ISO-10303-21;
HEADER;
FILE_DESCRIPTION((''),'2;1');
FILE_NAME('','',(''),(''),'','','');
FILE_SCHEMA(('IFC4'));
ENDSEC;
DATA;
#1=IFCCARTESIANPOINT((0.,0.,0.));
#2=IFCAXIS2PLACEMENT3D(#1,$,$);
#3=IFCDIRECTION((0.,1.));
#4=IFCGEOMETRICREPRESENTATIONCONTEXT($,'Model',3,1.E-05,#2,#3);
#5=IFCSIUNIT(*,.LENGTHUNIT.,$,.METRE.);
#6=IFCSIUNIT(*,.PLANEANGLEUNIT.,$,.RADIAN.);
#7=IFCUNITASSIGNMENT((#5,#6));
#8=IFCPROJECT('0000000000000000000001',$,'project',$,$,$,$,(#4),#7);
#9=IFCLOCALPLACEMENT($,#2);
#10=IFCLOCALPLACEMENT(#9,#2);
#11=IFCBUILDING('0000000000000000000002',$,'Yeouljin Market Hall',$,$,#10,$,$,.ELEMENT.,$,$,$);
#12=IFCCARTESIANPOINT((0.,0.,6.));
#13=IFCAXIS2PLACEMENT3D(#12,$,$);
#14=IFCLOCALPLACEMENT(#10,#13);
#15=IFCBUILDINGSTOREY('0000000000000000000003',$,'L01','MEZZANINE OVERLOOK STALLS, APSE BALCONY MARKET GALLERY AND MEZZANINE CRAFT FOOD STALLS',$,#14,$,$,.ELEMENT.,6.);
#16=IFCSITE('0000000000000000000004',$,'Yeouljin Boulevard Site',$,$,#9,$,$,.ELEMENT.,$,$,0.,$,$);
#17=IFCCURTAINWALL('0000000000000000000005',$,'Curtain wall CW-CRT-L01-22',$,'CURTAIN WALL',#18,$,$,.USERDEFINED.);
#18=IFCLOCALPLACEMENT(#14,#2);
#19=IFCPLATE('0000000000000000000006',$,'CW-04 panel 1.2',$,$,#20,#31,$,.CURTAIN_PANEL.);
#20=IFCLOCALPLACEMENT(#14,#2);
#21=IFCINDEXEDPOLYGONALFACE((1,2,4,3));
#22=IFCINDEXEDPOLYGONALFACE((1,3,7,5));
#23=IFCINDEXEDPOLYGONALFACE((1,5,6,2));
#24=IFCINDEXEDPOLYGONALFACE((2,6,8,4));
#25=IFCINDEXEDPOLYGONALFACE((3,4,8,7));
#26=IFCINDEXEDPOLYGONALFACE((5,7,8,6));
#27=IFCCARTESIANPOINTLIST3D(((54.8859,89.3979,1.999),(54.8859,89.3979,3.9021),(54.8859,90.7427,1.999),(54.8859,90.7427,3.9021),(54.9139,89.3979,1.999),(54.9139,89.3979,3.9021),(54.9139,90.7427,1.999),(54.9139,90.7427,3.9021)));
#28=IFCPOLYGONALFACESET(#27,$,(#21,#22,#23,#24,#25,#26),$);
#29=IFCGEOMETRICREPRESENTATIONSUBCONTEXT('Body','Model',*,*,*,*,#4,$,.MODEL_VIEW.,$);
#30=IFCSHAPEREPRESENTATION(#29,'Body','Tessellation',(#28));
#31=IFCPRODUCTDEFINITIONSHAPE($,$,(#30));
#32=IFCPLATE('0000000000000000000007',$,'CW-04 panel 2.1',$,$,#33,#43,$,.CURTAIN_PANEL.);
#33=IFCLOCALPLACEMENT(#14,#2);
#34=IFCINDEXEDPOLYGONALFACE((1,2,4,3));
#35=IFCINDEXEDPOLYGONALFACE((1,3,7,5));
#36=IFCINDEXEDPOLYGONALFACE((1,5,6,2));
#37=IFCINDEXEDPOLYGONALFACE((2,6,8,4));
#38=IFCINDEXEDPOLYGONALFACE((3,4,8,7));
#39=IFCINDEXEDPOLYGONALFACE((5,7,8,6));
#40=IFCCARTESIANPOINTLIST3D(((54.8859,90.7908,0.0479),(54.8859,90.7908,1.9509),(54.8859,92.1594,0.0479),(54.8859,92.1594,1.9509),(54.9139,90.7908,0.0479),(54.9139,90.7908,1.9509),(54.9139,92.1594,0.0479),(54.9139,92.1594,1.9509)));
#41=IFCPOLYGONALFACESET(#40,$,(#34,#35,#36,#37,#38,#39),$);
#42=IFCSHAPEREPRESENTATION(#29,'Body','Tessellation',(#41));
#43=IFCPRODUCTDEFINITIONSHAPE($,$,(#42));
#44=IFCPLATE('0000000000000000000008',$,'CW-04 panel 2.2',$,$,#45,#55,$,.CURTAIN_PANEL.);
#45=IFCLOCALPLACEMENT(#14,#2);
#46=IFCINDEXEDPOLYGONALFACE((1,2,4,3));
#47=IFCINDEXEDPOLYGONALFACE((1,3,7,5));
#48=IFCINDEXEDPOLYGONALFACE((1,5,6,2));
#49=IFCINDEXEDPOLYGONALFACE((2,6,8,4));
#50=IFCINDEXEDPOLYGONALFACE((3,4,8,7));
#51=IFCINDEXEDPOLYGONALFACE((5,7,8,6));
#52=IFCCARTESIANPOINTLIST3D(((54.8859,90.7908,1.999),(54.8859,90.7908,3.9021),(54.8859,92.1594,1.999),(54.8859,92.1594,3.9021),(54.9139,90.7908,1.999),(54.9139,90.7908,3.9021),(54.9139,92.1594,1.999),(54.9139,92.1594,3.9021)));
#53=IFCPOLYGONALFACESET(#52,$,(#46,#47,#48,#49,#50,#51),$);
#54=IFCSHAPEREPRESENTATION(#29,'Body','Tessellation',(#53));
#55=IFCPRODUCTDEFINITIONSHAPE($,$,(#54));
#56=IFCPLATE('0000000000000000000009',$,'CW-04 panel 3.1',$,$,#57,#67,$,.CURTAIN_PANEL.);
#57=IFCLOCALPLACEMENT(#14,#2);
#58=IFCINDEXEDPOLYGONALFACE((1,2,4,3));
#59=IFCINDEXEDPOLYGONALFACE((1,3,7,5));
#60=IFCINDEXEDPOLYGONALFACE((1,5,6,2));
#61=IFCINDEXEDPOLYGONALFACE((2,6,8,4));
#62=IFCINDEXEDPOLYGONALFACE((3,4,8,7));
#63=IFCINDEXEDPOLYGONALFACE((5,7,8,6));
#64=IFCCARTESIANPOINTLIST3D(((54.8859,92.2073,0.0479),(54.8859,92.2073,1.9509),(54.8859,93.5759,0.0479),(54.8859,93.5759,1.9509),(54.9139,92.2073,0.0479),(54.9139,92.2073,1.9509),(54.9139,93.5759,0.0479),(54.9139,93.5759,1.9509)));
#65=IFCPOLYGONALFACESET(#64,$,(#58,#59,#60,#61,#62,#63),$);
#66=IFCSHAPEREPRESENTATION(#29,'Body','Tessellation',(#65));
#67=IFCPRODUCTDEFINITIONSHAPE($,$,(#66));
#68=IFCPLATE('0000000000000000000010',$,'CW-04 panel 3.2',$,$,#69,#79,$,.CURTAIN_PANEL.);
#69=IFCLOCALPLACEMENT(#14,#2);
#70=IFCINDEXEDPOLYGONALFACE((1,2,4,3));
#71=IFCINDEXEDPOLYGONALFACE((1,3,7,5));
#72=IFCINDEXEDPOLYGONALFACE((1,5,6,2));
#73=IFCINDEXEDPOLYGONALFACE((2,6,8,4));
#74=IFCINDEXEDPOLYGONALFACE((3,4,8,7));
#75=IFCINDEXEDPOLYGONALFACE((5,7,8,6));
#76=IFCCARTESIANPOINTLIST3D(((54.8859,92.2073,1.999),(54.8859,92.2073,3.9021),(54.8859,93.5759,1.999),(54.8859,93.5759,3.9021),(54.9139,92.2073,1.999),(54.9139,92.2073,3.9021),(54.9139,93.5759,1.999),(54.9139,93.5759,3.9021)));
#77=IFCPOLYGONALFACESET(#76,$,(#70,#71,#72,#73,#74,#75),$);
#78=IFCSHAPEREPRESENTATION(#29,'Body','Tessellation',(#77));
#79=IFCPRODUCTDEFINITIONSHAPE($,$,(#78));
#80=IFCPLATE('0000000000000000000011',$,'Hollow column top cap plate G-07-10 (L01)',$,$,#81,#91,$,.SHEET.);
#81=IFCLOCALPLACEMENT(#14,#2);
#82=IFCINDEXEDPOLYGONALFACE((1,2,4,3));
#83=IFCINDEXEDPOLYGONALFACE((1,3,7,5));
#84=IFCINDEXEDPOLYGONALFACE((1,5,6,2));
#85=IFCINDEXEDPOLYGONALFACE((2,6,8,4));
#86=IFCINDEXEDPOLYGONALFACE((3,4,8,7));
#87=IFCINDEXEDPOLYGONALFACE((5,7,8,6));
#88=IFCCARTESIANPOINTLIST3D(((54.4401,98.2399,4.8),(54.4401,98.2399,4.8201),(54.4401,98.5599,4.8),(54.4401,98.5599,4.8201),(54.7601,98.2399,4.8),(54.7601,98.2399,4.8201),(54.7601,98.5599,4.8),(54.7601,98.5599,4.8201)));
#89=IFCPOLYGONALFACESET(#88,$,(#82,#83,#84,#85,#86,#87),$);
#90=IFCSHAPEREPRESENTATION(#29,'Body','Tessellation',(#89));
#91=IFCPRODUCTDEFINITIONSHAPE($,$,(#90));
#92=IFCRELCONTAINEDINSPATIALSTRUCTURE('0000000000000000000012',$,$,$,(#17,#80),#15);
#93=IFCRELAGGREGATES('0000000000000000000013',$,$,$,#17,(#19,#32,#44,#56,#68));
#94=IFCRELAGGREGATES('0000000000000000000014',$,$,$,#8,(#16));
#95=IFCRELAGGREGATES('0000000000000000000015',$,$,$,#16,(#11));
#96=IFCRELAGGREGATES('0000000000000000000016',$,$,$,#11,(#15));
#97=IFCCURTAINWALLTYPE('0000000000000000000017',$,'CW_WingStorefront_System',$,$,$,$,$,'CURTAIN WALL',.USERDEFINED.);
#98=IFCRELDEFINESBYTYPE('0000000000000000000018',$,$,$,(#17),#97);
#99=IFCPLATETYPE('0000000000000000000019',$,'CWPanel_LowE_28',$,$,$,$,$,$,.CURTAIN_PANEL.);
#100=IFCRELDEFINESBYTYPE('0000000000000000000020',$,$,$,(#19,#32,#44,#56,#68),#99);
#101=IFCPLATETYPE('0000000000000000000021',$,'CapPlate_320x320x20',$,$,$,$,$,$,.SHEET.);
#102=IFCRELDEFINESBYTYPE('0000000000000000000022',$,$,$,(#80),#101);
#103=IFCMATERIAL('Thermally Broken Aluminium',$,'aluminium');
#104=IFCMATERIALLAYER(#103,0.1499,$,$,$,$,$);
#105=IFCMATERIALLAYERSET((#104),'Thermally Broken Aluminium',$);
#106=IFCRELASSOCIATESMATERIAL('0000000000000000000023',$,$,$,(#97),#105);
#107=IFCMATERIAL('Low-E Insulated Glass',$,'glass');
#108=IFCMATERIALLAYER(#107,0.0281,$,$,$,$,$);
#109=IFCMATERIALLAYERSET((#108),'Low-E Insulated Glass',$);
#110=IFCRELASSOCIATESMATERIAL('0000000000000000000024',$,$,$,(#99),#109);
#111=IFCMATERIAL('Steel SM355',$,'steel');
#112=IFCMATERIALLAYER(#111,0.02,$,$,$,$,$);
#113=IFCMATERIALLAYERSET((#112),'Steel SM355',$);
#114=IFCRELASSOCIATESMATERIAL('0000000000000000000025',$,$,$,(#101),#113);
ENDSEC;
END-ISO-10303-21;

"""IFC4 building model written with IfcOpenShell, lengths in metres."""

from ifc_helpers import new_model, si_unit, direction, frame, origin, origin_2d, place, context, subcontext, project, spatial, rectangle, extrude, material, layer, layer_set, type_object, element, aggregate, save


model = new_model("IFC4")

# Units and contexts
model_context = context("Model", 3, precision=1e-05, world=origin(), true_north=direction((0.0, 1.0)))
body_context = subcontext(model_context, "Body", "Model", "MODEL_VIEW")
ifc_project = project(units=[si_unit("LENGTHUNIT", "METRE"), si_unit("PLANEANGLEUNIT", "RADIAN")], contexts=[model_context])

# Site, building, storey
site_placement = place(None, origin())
site = spatial("IfcSite", under=ifc_project, at=site_placement, Name="Yeouljin Boulevard Site", CompositionType="ELEMENT", RefElevation=0.0)
building_placement = place(site_placement, origin())
building = spatial("IfcBuilding", under=site, at=building_placement, Name="Yeouljin Market Hall", CompositionType="ELEMENT")
storey_placement = place(building_placement, frame((0.0, 0.0, 6.0)))
storey = spatial("IfcBuildingStorey", under=building, at=storey_placement, Name="L01", Description="MEZZANINE OVERLOOK STALLS, APSE BALCONY MARKET GALLERY AND MEZZANINE CRAFT FOOD STALLS", CompositionType="ELEMENT", Elevation=6.0)

# Curtain wall
ifc_material_1 = material(Name="Thermally Broken Aluminium", Category="aluminium")
ifc_layer_1 = layer(ifc_material_1, 0.1499)
ifc_layer_set_1 = layer_set([ifc_layer_1], Name="Thermally Broken Aluminium")
curtain_wall_type = type_object("IfcCurtainWallType", Name="CW_WingStorefront_System", ElementType="CURTAIN WALL", PredefinedType="USERDEFINED", material=ifc_layer_set_1)
curtain_wall_placement = place(storey_placement, origin())
curtain_wall = element("IfcCurtainWall", 1, at=curtain_wall_placement, inside=storey, type_object=curtain_wall_type, Name="Curtain wall CW-CRT-L01-22", ObjectType="CURTAIN WALL", PredefinedType="USERDEFINED")

# Plates
ifc_material_2 = material(Name="Low-E Insulated Glass", Category="glass")
ifc_layer_2 = layer(ifc_material_2, 0.0281)
ifc_layer_set_2 = layer_set([ifc_layer_2], Name="Low-E Insulated Glass")
plate_type_1 = type_object("IfcPlateType", Name="CWPanel_LowE_28", PredefinedType="CURTAIN_PANEL", material=ifc_layer_set_2)
plate_1_placement = place(storey_placement, frame((54.8999, 90.0703, 1.999), z_axis=(0.0, 0.0, 1.0), x_axis=(0.0, 1.0, 0.0)))
plate_1 = element("IfcPlate", 2, at=plate_1_placement, type_object=plate_type_1, Name="CW-04 panel 1.2", PredefinedType="CURTAIN_PANEL", context=body_context, shape_type="SweptSolid", body=[
    extrude(rectangle(XDim=1.3447, YDim=0.0281, at=origin_2d()), origin(), (0.0, 0.0, 1.0), 1.9031),
])
plate_2_placement = place(storey_placement, frame((54.8999, 91.4751, 0.0479), z_axis=(0.0, 0.0, 1.0), x_axis=(0.0, 1.0, 0.0)))
plate_2 = element("IfcPlate", 3, at=plate_2_placement, type_object=plate_type_1, Name="CW-04 panel 2.1", PredefinedType="CURTAIN_PANEL", context=body_context, shape_type="SweptSolid", body=[
    extrude(rectangle(XDim=1.3687, YDim=0.0281, at=origin_2d()), origin(), (0.0, 0.0, 1.0), 1.9031),
])
plate_3_placement = place(storey_placement, frame((54.8999, 91.4751, 1.999), z_axis=(0.0, 0.0, 1.0), x_axis=(0.0, 1.0, 0.0)))
plate_3 = element("IfcPlate", 4, at=plate_3_placement, type_object=plate_type_1, Name="CW-04 panel 2.2", PredefinedType="CURTAIN_PANEL", context=body_context, shape_type="SweptSolid", body=[
    extrude(rectangle(XDim=1.3687, YDim=0.0281, at=origin_2d()), origin(), (0.0, 0.0, 1.0), 1.9031),
])
plate_4_placement = place(storey_placement, frame((54.8999, 92.8916, 0.0479), z_axis=(0.0, 0.0, 1.0), x_axis=(0.0, 1.0, 0.0)))
plate_4 = element("IfcPlate", 5, at=plate_4_placement, type_object=plate_type_1, Name="CW-04 panel 3.1", PredefinedType="CURTAIN_PANEL", context=body_context, shape_type="SweptSolid", body=[
    extrude(rectangle(XDim=1.3687, YDim=0.0281, at=origin_2d()), origin(), (0.0, 0.0, 1.0), 1.9031),
])
plate_5_placement = place(storey_placement, frame((54.8999, 92.8916, 1.999), z_axis=(0.0, 0.0, 1.0), x_axis=(0.0, 1.0, 0.0)))
plate_5 = element("IfcPlate", 6, at=plate_5_placement, type_object=plate_type_1, Name="CW-04 panel 3.2", PredefinedType="CURTAIN_PANEL", context=body_context, shape_type="SweptSolid", body=[
    extrude(rectangle(XDim=1.3687, YDim=0.0281, at=origin_2d()), origin(), (0.0, 0.0, 1.0), 1.9031),
])
aggregate(curtain_wall, [plate_1, plate_2, plate_3, plate_4, plate_5])
ifc_material_3 = material(Name="Steel SM355", Category="steel")
ifc_layer_3 = layer(ifc_material_3, 0.02)
ifc_layer_set_3 = layer_set([ifc_layer_3], Name="Steel SM355")
plate_type_2 = type_object("IfcPlateType", Name="CapPlate_320x320x20", PredefinedType="SHEET", material=ifc_layer_set_3)
plate_6_placement = place(storey_placement, frame((54.6001, 98.3999, 4.8), z_axis=(0.0, 0.0, 1.0), x_axis=(1.0, 0.0, 0.0)))
element("IfcPlate", 7, at=plate_6_placement, inside=storey, type_object=plate_type_2, Name="Hollow column top cap plate G-07-10 (L01)", PredefinedType="SHEET", context=body_context, shape_type="SweptSolid", body=[
    extrude(rectangle(XDim=0.3201, YDim=0.3201, at=origin_2d()), origin(), (0.0, 0.0, 1.0), 0.02),
])

save(model, "model.ifc")
